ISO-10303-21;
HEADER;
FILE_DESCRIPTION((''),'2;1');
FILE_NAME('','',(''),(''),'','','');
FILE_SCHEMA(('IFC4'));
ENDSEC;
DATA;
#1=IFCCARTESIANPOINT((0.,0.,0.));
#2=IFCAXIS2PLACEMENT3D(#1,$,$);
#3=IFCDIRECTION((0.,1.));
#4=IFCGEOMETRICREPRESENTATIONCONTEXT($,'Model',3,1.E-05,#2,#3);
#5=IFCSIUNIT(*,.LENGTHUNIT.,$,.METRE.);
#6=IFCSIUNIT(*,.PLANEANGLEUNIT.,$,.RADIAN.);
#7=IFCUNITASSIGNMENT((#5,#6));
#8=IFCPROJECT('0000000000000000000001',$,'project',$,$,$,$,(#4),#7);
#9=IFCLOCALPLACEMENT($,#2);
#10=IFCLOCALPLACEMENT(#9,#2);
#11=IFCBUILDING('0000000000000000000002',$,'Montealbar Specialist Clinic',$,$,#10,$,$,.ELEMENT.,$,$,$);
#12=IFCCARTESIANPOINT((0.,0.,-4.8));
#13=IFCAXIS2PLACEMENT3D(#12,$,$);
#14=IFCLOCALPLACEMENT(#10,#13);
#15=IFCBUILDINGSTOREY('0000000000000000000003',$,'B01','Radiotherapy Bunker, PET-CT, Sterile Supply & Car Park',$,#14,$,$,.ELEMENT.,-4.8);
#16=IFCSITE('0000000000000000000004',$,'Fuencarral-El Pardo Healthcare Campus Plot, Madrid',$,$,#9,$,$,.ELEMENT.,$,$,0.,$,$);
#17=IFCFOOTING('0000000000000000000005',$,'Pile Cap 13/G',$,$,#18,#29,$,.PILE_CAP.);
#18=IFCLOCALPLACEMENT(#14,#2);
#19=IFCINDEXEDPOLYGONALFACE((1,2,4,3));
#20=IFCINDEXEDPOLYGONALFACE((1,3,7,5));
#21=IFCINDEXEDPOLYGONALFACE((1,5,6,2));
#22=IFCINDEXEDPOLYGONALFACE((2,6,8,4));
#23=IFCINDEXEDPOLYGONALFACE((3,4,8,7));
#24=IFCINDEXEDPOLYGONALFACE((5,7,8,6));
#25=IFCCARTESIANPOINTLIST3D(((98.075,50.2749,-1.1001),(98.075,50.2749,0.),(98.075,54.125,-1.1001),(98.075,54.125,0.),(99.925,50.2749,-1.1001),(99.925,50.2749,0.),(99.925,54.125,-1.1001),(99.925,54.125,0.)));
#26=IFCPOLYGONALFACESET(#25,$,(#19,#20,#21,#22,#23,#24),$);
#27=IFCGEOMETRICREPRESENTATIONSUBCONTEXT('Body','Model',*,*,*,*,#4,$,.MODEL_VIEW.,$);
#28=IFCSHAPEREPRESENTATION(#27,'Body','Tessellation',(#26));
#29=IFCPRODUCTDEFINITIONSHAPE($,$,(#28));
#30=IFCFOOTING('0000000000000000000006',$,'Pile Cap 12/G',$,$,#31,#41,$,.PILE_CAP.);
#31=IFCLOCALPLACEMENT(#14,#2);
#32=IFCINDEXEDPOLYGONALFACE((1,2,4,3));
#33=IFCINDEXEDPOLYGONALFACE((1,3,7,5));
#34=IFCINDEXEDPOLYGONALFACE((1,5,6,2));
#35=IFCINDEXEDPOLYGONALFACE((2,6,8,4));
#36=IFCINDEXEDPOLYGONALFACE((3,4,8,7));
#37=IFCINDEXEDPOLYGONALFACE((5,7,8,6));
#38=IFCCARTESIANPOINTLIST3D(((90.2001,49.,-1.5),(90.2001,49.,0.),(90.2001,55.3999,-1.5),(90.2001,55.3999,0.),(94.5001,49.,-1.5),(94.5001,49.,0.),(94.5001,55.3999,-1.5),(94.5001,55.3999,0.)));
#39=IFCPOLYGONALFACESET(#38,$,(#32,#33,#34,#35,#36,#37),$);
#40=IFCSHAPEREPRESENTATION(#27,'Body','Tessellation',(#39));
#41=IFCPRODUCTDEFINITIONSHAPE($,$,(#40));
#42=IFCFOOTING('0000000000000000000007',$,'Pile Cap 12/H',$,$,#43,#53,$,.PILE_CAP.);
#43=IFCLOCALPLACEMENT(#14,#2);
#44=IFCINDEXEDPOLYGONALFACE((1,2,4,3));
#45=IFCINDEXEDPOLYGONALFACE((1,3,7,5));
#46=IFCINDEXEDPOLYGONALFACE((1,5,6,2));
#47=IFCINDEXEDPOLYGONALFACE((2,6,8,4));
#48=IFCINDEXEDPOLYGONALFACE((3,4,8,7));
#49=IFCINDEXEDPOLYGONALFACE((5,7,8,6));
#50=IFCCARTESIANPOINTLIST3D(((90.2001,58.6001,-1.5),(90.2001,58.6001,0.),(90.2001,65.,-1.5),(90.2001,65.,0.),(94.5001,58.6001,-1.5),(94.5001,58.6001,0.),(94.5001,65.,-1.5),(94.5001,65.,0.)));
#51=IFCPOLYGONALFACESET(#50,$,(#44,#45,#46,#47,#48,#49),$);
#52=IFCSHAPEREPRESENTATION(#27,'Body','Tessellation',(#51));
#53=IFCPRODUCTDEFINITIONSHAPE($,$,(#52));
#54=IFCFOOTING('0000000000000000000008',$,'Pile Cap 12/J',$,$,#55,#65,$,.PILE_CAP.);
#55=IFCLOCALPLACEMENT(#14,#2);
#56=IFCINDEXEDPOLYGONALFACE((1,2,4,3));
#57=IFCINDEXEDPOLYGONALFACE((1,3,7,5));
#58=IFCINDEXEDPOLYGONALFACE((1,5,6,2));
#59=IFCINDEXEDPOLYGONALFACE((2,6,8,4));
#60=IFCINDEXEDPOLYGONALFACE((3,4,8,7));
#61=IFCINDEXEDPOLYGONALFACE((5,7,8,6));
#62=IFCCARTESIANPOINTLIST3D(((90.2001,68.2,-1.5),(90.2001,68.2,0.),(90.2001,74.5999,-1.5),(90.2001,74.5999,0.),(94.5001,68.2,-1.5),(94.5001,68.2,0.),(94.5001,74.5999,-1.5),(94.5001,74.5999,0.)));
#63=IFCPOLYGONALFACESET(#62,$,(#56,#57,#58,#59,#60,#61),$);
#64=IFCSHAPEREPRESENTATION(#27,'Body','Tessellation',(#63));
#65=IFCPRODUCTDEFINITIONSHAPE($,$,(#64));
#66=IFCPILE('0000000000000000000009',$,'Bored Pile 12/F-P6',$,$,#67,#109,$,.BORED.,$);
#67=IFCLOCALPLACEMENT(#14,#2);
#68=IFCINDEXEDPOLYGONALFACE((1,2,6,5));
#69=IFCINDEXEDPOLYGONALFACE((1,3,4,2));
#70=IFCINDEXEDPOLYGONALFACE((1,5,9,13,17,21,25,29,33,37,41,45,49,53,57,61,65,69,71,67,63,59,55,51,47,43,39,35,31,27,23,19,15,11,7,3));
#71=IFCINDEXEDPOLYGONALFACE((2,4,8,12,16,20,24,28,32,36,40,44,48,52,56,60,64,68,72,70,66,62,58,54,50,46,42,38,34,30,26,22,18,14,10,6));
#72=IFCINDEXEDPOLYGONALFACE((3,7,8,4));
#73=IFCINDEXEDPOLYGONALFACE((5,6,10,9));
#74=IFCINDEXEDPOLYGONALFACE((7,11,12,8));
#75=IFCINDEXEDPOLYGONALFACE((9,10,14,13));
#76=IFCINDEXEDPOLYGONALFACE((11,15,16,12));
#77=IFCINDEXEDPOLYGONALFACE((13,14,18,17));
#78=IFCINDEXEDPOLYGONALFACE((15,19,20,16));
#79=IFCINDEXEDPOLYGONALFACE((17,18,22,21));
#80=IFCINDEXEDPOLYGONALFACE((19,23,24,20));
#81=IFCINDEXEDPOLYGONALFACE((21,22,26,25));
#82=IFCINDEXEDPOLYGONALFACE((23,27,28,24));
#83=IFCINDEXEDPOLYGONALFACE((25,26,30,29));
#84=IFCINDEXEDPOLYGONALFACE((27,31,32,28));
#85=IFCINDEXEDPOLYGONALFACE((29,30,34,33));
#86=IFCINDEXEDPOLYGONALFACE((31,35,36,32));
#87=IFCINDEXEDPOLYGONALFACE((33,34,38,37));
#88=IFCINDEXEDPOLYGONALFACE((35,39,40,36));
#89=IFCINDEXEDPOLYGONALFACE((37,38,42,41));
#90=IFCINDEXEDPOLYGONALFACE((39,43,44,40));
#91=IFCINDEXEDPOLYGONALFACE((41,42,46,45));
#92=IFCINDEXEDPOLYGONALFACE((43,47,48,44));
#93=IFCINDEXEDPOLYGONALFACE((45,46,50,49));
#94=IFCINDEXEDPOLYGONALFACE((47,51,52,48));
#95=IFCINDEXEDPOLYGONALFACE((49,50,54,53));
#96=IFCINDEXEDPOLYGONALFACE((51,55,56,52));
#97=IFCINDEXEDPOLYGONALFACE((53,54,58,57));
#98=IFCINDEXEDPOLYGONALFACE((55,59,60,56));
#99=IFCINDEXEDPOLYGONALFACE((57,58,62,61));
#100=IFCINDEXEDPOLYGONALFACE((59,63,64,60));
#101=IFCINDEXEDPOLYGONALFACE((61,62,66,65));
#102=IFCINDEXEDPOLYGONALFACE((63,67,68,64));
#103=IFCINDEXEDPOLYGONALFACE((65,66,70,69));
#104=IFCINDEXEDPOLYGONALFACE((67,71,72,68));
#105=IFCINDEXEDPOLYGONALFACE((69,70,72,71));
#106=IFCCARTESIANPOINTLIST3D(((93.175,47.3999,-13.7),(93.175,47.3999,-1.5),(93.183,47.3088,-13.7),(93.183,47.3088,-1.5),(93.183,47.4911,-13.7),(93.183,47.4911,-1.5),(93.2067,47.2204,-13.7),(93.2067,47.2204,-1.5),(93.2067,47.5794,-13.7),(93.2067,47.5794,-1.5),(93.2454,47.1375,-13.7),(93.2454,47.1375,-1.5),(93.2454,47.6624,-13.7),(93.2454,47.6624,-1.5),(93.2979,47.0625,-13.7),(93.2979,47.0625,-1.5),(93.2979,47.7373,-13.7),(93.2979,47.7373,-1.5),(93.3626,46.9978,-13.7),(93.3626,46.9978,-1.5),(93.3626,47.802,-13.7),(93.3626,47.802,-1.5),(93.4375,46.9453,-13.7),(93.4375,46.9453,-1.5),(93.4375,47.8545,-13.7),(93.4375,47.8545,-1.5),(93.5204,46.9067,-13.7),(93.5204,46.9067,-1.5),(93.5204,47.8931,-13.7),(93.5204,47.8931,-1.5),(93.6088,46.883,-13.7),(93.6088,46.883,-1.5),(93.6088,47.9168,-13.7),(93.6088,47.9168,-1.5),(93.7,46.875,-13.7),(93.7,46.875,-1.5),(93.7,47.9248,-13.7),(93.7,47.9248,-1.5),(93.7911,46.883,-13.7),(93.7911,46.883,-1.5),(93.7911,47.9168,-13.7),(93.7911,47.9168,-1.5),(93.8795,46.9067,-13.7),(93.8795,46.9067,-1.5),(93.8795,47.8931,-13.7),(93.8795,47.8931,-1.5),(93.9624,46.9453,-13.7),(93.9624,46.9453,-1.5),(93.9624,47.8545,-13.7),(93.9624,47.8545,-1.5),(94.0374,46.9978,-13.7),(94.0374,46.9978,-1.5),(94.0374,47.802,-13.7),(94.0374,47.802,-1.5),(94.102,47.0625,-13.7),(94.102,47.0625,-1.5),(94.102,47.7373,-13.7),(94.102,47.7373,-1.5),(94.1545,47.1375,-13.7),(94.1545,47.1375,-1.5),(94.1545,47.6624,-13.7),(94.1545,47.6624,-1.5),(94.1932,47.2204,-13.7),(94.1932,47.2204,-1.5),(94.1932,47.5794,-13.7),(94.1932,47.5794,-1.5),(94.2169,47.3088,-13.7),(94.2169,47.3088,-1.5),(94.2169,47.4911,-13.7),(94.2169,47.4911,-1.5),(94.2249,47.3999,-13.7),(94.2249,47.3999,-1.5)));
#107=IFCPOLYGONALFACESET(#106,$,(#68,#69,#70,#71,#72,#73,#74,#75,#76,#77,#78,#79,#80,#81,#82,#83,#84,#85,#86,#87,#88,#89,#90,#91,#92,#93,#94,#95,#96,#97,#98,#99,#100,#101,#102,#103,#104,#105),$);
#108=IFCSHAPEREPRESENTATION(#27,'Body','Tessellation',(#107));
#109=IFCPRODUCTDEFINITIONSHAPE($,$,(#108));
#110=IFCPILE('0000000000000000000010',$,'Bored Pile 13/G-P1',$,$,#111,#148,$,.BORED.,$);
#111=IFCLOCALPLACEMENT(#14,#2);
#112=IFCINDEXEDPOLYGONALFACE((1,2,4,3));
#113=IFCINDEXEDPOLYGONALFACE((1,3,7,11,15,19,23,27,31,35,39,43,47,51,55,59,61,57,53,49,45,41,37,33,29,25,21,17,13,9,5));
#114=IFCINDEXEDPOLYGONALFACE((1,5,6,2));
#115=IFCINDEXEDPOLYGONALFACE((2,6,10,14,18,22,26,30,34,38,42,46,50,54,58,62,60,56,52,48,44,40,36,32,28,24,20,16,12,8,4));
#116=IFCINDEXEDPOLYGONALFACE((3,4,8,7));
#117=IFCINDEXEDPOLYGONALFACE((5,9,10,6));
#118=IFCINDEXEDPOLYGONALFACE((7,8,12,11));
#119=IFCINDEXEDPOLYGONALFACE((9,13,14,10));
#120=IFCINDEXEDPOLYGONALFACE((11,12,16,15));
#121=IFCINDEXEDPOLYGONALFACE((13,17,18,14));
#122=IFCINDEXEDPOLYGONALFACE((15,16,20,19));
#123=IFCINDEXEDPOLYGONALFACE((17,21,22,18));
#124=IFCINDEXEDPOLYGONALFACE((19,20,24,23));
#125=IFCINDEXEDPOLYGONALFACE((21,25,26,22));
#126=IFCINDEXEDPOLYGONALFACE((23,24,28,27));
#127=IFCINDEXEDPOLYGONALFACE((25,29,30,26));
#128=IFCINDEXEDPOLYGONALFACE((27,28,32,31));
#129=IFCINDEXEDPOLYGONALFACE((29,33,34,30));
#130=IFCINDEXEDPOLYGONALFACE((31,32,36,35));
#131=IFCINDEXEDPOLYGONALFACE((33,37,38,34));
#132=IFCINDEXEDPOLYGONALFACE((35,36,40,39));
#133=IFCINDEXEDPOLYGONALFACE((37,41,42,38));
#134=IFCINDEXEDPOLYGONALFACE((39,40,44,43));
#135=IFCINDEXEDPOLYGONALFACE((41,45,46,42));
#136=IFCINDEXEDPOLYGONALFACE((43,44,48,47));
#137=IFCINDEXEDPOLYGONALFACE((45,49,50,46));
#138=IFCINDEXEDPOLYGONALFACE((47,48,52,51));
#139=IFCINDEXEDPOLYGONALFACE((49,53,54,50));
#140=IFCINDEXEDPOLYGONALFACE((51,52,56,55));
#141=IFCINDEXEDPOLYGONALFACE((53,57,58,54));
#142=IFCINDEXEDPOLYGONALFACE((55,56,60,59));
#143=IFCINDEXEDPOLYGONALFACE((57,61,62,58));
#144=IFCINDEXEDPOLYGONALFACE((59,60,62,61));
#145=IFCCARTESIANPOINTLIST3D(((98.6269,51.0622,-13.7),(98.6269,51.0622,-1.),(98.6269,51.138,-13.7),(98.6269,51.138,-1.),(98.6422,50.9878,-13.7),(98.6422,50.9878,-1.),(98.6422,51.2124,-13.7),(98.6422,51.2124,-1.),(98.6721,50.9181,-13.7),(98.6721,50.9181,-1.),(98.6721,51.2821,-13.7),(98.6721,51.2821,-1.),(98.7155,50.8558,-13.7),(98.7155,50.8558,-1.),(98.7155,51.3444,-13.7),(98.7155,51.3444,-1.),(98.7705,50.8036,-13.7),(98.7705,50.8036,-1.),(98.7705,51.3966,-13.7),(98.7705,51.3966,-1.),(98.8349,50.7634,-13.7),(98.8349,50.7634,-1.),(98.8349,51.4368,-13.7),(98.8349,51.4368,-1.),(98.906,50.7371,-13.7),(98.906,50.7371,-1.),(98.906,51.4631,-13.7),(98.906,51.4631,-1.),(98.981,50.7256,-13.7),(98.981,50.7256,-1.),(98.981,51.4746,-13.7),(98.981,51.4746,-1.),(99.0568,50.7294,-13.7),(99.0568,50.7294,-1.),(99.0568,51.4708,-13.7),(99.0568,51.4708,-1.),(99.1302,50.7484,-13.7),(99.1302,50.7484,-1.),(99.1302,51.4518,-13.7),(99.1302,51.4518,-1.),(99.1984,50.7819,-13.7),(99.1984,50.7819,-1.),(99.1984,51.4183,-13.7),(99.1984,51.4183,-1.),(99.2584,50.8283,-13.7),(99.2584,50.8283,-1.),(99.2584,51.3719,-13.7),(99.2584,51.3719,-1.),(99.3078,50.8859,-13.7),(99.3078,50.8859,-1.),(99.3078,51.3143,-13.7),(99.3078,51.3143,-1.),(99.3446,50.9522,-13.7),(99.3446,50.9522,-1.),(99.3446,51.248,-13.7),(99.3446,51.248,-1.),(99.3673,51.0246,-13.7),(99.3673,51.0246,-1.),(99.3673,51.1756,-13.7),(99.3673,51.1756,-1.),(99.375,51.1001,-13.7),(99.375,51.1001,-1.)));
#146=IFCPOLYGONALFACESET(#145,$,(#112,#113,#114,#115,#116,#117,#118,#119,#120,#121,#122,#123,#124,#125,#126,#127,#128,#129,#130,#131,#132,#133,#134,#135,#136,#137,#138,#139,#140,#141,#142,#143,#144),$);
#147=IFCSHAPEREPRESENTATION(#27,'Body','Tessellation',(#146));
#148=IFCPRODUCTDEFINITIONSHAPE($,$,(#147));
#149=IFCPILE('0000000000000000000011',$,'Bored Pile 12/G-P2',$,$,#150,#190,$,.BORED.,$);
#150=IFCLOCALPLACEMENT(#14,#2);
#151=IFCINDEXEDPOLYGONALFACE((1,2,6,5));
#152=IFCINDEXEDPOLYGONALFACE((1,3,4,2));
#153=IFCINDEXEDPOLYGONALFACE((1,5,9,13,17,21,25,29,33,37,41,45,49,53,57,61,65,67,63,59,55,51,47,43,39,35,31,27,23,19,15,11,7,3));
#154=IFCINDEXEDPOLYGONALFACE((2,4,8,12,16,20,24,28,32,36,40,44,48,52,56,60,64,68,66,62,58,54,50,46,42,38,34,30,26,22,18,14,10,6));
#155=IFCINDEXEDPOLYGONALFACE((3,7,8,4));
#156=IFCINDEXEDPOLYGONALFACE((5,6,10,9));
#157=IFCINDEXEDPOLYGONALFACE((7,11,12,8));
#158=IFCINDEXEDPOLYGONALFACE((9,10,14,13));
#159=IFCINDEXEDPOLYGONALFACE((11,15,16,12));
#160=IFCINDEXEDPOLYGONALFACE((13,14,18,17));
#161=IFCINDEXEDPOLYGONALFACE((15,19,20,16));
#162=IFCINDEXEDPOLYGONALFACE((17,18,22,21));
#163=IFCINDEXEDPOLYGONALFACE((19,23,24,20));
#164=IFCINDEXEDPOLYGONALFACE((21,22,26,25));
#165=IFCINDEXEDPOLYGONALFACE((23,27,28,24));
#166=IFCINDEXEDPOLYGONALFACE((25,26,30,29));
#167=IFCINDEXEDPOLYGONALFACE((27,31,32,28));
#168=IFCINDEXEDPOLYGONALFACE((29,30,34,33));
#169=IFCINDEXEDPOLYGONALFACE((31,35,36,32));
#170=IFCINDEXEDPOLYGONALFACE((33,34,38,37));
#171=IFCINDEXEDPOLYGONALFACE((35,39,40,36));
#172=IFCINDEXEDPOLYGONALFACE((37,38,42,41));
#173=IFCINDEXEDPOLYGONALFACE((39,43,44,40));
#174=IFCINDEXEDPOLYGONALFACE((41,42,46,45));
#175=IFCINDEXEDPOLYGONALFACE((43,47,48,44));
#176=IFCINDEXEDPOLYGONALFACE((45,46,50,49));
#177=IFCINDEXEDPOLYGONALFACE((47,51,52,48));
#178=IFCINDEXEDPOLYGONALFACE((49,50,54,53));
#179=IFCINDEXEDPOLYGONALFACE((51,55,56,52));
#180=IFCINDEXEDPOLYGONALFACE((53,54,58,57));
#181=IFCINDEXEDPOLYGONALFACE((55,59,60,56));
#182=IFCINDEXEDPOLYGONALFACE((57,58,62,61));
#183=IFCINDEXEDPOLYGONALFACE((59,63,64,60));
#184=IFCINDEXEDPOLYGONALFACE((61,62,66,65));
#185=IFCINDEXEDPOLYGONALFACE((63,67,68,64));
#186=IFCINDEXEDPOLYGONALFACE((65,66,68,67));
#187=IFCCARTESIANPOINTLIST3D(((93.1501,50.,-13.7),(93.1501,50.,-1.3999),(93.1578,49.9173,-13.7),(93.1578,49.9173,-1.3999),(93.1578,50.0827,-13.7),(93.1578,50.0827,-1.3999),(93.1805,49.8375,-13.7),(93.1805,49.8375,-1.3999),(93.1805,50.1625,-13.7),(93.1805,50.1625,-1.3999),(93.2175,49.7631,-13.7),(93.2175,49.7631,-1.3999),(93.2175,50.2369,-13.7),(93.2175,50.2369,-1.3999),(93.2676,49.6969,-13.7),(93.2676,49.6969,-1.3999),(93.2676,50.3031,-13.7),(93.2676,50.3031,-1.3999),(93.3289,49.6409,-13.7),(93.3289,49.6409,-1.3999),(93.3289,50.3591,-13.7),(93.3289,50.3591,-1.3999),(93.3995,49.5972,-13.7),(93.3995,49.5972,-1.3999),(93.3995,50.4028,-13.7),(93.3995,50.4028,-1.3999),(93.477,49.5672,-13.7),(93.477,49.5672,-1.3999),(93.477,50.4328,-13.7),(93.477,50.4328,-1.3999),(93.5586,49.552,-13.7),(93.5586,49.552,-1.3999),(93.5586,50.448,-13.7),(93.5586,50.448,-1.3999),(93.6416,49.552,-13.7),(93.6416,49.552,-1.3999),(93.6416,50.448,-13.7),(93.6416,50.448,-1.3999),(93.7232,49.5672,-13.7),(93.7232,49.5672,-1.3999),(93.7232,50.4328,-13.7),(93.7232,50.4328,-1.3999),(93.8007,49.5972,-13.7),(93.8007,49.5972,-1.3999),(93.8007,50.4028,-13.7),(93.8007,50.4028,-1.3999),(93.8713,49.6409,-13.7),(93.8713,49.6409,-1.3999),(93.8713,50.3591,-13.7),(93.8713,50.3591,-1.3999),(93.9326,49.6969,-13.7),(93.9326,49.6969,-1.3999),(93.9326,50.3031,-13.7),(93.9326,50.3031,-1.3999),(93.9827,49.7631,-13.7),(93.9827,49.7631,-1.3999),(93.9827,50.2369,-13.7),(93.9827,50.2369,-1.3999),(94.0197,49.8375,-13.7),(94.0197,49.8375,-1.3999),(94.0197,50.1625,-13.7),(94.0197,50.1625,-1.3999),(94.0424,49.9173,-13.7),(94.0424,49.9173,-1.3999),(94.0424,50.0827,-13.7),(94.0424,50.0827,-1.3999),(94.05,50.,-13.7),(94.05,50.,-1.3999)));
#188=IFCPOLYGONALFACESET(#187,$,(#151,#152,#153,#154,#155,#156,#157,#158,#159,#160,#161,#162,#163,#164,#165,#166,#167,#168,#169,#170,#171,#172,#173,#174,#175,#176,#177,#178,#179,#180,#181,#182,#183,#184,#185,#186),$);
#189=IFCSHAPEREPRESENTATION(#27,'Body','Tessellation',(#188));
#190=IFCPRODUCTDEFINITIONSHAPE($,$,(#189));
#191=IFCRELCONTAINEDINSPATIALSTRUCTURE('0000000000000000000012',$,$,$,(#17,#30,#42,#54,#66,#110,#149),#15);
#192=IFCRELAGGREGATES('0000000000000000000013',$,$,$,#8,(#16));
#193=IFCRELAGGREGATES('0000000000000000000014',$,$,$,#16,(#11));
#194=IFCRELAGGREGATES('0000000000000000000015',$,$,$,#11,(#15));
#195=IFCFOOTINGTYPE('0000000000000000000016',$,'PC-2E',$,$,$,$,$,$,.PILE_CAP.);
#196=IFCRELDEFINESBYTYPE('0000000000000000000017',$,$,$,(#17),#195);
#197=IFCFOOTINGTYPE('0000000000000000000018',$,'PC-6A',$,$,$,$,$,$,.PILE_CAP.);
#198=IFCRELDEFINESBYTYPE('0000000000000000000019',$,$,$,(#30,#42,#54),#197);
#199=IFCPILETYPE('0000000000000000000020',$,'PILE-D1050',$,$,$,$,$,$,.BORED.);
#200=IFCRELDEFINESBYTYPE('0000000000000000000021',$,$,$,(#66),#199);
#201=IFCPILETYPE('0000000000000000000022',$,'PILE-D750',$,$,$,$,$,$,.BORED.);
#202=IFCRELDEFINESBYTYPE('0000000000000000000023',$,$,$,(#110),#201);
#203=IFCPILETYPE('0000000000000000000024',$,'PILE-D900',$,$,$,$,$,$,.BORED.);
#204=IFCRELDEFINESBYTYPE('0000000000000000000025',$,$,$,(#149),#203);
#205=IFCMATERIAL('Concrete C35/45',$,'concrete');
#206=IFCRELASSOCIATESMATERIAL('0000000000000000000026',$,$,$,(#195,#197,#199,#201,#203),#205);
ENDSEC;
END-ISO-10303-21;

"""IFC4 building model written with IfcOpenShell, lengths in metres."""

from ifc_helpers import new_model, si_unit, direction, frame, origin, origin_2d, place, context, subcontext, project, spatial, rectangle, circle, extrude, material, material_profile, profile_set, type_object, element, save


model = new_model("IFC4")

# Units and contexts
model_context = context("Model", 3, precision=1e-05, world=origin(), true_north=direction((0.0, 1.0)))
body_context = subcontext(model_context, "Body", "Model", "MODEL_VIEW")
ifc_project = project(units=[si_unit("LENGTHUNIT", "METRE"), si_unit("PLANEANGLEUNIT", "RADIAN")], contexts=[model_context])

# Site, building, storey
site_placement = place(None, origin())
site = spatial("IfcSite", under=ifc_project, at=site_placement, Name="Fuencarral-El Pardo Healthcare Campus Plot, Madrid", CompositionType="ELEMENT", RefElevation=0.0)
building_placement = place(site_placement, origin())
building = spatial("IfcBuilding", under=site, at=building_placement, Name="Montealbar Specialist Clinic", CompositionType="ELEMENT")
storey_placement = place(building_placement, frame((0.0, 0.0, -4.8)))
storey = spatial("IfcBuildingStorey", under=building, at=storey_placement, Name="B01", Description="Radiotherapy Bunker, PET-CT, Sterile Supply & Car Park", CompositionType="ELEMENT", Elevation=-4.8)

# Footings
ifc_material_1 = material(Name="Concrete C35/45", Category="concrete")
footing_type_1 = type_object("IfcFootingType", Name="PC-2E", PredefinedType="PILE_CAP", material=ifc_material_1)
footing_placement = place(storey_placement, frame((99.0, 52.2, -1.1001), z_axis=(0.0, 0.0, 1.0), x_axis=(1.0, 0.0, 0.0)))
element("IfcFooting", 1, at=footing_placement, inside=storey, type_object=footing_type_1, Name="Pile Cap 13/G", PredefinedType="PILE_CAP", context=body_context, shape_type="SweptSolid", body=[
    extrude(rectangle(XDim=1.8501, YDim=3.8501, at=origin_2d()), origin(), (0.0, 0.0, 1.0), 1.1001),
])
footing_type_2 = type_object("IfcFootingType", Name="PC-6A", PredefinedType="PILE_CAP", material=ifc_material_1)
for number, where, z_axis, x_axis, name in (
    (2, (92.3501, 52.2, -1.5), (0.0, 0.0, 1.0), (1.0, 0.0, 0.0), "Pile Cap 12/G"),
    (3, (92.3501, 61.8, -1.5), (0.0, 0.0, 1.0), (1.0, 0.0, 0.0), "Pile Cap 12/H"),
    (4, (92.3501, 71.3999, -1.5), (0.0, 0.0, 1.0), (1.0, 0.0, 0.0), "Pile Cap 12/J"),
):
    element("IfcFooting", number, at=place(storey_placement, frame(where, z_axis=z_axis, x_axis=x_axis)), inside=storey, type_object=footing_type_2, Name=name, PredefinedType="PILE_CAP", context=body_context, shape_type="SweptSolid", body=[
        extrude(rectangle(XDim=4.3, YDim=6.3999, at=origin_2d()), origin(), (0.0, 0.0, 1.0), 1.5),
    ])

# Piles
ifc_material_profile_1 = material_profile(ifc_material_1, circle(Radius=0.5249, at=origin_2d()), Name="PILE D1050", Category="concrete")
ifc_profile_set_1 = profile_set([ifc_material_profile_1], Name="Concrete C35/45")
pile_type_1 = type_object("IfcPileType", Name="PILE-D1050", PredefinedType="BORED", material=ifc_profile_set_1)
pile_1_placement = place(storey_placement, frame((93.7, 47.3999, -1.5), z_axis=(0.0, 0.0, -1.0), x_axis=(1.0, 0.0, 0.0)))
element("IfcPile", 5, at=pile_1_placement, inside=storey, type_object=pile_type_1, Name="Bored Pile 12/F-P6", PredefinedType="BORED", context=body_context, shape_type="SweptSolid", body=[
    extrude(circle(Radius=0.5249, at=origin_2d()), origin(), (0.0, 0.0, 1.0), 12.2),
])
ifc_material_profile_2 = material_profile(ifc_material_1, circle(Radius=0.375, at=origin_2d()), Name="PILE D750", Category="concrete")
ifc_profile_set_2 = profile_set([ifc_material_profile_2], Name="Concrete C35/45")
pile_type_2 = type_object("IfcPileType", Name="PILE-D750", PredefinedType="BORED", material=ifc_profile_set_2)
pile_2_placement = place(storey_placement, frame((99.0, 51.1001, -1.0), z_axis=(0.0, 0.0, -1.0), x_axis=(1.0, 0.0, 0.0)))
element("IfcPile", 6, at=pile_2_placement, inside=storey, type_object=pile_type_2, Name="Bored Pile 13/G-P1", PredefinedType="BORED", context=body_context, shape_type="SweptSolid", body=[
    extrude(circle(Radius=0.375, at=origin_2d()), origin(), (0.0, 0.0, 1.0), 12.7),
])
ifc_material_profile_3 = material_profile(ifc_material_1, circle(Radius=0.45, at=origin_2d()), Name="PILE D900", Category="concrete")
ifc_profile_set_3 = profile_set([ifc_material_profile_3], Name="Concrete C35/45")
pile_type_3 = type_object("IfcPileType", Name="PILE-D900", PredefinedType="BORED", material=ifc_profile_set_3)
for number, where, z_axis, x_axis, name in (
    (7, (93.6001, 50.0, -1.3999), (0.0, 0.0, -1.0), (1.0, 0.0, 0.0), "Bored Pile 12/G-P2"),
):
    element("IfcPile", number, at=place(storey_placement, frame(where, z_axis=z_axis, x_axis=x_axis)), inside=storey, type_object=pile_type_3, Name=name, PredefinedType="BORED", context=body_context, shape_type="SweptSolid", body=[
        extrude(circle(Radius=0.45, at=origin_2d()), origin(), (0.0, 0.0, 1.0), 12.3),
    ])

save(model, "model.ifc")
